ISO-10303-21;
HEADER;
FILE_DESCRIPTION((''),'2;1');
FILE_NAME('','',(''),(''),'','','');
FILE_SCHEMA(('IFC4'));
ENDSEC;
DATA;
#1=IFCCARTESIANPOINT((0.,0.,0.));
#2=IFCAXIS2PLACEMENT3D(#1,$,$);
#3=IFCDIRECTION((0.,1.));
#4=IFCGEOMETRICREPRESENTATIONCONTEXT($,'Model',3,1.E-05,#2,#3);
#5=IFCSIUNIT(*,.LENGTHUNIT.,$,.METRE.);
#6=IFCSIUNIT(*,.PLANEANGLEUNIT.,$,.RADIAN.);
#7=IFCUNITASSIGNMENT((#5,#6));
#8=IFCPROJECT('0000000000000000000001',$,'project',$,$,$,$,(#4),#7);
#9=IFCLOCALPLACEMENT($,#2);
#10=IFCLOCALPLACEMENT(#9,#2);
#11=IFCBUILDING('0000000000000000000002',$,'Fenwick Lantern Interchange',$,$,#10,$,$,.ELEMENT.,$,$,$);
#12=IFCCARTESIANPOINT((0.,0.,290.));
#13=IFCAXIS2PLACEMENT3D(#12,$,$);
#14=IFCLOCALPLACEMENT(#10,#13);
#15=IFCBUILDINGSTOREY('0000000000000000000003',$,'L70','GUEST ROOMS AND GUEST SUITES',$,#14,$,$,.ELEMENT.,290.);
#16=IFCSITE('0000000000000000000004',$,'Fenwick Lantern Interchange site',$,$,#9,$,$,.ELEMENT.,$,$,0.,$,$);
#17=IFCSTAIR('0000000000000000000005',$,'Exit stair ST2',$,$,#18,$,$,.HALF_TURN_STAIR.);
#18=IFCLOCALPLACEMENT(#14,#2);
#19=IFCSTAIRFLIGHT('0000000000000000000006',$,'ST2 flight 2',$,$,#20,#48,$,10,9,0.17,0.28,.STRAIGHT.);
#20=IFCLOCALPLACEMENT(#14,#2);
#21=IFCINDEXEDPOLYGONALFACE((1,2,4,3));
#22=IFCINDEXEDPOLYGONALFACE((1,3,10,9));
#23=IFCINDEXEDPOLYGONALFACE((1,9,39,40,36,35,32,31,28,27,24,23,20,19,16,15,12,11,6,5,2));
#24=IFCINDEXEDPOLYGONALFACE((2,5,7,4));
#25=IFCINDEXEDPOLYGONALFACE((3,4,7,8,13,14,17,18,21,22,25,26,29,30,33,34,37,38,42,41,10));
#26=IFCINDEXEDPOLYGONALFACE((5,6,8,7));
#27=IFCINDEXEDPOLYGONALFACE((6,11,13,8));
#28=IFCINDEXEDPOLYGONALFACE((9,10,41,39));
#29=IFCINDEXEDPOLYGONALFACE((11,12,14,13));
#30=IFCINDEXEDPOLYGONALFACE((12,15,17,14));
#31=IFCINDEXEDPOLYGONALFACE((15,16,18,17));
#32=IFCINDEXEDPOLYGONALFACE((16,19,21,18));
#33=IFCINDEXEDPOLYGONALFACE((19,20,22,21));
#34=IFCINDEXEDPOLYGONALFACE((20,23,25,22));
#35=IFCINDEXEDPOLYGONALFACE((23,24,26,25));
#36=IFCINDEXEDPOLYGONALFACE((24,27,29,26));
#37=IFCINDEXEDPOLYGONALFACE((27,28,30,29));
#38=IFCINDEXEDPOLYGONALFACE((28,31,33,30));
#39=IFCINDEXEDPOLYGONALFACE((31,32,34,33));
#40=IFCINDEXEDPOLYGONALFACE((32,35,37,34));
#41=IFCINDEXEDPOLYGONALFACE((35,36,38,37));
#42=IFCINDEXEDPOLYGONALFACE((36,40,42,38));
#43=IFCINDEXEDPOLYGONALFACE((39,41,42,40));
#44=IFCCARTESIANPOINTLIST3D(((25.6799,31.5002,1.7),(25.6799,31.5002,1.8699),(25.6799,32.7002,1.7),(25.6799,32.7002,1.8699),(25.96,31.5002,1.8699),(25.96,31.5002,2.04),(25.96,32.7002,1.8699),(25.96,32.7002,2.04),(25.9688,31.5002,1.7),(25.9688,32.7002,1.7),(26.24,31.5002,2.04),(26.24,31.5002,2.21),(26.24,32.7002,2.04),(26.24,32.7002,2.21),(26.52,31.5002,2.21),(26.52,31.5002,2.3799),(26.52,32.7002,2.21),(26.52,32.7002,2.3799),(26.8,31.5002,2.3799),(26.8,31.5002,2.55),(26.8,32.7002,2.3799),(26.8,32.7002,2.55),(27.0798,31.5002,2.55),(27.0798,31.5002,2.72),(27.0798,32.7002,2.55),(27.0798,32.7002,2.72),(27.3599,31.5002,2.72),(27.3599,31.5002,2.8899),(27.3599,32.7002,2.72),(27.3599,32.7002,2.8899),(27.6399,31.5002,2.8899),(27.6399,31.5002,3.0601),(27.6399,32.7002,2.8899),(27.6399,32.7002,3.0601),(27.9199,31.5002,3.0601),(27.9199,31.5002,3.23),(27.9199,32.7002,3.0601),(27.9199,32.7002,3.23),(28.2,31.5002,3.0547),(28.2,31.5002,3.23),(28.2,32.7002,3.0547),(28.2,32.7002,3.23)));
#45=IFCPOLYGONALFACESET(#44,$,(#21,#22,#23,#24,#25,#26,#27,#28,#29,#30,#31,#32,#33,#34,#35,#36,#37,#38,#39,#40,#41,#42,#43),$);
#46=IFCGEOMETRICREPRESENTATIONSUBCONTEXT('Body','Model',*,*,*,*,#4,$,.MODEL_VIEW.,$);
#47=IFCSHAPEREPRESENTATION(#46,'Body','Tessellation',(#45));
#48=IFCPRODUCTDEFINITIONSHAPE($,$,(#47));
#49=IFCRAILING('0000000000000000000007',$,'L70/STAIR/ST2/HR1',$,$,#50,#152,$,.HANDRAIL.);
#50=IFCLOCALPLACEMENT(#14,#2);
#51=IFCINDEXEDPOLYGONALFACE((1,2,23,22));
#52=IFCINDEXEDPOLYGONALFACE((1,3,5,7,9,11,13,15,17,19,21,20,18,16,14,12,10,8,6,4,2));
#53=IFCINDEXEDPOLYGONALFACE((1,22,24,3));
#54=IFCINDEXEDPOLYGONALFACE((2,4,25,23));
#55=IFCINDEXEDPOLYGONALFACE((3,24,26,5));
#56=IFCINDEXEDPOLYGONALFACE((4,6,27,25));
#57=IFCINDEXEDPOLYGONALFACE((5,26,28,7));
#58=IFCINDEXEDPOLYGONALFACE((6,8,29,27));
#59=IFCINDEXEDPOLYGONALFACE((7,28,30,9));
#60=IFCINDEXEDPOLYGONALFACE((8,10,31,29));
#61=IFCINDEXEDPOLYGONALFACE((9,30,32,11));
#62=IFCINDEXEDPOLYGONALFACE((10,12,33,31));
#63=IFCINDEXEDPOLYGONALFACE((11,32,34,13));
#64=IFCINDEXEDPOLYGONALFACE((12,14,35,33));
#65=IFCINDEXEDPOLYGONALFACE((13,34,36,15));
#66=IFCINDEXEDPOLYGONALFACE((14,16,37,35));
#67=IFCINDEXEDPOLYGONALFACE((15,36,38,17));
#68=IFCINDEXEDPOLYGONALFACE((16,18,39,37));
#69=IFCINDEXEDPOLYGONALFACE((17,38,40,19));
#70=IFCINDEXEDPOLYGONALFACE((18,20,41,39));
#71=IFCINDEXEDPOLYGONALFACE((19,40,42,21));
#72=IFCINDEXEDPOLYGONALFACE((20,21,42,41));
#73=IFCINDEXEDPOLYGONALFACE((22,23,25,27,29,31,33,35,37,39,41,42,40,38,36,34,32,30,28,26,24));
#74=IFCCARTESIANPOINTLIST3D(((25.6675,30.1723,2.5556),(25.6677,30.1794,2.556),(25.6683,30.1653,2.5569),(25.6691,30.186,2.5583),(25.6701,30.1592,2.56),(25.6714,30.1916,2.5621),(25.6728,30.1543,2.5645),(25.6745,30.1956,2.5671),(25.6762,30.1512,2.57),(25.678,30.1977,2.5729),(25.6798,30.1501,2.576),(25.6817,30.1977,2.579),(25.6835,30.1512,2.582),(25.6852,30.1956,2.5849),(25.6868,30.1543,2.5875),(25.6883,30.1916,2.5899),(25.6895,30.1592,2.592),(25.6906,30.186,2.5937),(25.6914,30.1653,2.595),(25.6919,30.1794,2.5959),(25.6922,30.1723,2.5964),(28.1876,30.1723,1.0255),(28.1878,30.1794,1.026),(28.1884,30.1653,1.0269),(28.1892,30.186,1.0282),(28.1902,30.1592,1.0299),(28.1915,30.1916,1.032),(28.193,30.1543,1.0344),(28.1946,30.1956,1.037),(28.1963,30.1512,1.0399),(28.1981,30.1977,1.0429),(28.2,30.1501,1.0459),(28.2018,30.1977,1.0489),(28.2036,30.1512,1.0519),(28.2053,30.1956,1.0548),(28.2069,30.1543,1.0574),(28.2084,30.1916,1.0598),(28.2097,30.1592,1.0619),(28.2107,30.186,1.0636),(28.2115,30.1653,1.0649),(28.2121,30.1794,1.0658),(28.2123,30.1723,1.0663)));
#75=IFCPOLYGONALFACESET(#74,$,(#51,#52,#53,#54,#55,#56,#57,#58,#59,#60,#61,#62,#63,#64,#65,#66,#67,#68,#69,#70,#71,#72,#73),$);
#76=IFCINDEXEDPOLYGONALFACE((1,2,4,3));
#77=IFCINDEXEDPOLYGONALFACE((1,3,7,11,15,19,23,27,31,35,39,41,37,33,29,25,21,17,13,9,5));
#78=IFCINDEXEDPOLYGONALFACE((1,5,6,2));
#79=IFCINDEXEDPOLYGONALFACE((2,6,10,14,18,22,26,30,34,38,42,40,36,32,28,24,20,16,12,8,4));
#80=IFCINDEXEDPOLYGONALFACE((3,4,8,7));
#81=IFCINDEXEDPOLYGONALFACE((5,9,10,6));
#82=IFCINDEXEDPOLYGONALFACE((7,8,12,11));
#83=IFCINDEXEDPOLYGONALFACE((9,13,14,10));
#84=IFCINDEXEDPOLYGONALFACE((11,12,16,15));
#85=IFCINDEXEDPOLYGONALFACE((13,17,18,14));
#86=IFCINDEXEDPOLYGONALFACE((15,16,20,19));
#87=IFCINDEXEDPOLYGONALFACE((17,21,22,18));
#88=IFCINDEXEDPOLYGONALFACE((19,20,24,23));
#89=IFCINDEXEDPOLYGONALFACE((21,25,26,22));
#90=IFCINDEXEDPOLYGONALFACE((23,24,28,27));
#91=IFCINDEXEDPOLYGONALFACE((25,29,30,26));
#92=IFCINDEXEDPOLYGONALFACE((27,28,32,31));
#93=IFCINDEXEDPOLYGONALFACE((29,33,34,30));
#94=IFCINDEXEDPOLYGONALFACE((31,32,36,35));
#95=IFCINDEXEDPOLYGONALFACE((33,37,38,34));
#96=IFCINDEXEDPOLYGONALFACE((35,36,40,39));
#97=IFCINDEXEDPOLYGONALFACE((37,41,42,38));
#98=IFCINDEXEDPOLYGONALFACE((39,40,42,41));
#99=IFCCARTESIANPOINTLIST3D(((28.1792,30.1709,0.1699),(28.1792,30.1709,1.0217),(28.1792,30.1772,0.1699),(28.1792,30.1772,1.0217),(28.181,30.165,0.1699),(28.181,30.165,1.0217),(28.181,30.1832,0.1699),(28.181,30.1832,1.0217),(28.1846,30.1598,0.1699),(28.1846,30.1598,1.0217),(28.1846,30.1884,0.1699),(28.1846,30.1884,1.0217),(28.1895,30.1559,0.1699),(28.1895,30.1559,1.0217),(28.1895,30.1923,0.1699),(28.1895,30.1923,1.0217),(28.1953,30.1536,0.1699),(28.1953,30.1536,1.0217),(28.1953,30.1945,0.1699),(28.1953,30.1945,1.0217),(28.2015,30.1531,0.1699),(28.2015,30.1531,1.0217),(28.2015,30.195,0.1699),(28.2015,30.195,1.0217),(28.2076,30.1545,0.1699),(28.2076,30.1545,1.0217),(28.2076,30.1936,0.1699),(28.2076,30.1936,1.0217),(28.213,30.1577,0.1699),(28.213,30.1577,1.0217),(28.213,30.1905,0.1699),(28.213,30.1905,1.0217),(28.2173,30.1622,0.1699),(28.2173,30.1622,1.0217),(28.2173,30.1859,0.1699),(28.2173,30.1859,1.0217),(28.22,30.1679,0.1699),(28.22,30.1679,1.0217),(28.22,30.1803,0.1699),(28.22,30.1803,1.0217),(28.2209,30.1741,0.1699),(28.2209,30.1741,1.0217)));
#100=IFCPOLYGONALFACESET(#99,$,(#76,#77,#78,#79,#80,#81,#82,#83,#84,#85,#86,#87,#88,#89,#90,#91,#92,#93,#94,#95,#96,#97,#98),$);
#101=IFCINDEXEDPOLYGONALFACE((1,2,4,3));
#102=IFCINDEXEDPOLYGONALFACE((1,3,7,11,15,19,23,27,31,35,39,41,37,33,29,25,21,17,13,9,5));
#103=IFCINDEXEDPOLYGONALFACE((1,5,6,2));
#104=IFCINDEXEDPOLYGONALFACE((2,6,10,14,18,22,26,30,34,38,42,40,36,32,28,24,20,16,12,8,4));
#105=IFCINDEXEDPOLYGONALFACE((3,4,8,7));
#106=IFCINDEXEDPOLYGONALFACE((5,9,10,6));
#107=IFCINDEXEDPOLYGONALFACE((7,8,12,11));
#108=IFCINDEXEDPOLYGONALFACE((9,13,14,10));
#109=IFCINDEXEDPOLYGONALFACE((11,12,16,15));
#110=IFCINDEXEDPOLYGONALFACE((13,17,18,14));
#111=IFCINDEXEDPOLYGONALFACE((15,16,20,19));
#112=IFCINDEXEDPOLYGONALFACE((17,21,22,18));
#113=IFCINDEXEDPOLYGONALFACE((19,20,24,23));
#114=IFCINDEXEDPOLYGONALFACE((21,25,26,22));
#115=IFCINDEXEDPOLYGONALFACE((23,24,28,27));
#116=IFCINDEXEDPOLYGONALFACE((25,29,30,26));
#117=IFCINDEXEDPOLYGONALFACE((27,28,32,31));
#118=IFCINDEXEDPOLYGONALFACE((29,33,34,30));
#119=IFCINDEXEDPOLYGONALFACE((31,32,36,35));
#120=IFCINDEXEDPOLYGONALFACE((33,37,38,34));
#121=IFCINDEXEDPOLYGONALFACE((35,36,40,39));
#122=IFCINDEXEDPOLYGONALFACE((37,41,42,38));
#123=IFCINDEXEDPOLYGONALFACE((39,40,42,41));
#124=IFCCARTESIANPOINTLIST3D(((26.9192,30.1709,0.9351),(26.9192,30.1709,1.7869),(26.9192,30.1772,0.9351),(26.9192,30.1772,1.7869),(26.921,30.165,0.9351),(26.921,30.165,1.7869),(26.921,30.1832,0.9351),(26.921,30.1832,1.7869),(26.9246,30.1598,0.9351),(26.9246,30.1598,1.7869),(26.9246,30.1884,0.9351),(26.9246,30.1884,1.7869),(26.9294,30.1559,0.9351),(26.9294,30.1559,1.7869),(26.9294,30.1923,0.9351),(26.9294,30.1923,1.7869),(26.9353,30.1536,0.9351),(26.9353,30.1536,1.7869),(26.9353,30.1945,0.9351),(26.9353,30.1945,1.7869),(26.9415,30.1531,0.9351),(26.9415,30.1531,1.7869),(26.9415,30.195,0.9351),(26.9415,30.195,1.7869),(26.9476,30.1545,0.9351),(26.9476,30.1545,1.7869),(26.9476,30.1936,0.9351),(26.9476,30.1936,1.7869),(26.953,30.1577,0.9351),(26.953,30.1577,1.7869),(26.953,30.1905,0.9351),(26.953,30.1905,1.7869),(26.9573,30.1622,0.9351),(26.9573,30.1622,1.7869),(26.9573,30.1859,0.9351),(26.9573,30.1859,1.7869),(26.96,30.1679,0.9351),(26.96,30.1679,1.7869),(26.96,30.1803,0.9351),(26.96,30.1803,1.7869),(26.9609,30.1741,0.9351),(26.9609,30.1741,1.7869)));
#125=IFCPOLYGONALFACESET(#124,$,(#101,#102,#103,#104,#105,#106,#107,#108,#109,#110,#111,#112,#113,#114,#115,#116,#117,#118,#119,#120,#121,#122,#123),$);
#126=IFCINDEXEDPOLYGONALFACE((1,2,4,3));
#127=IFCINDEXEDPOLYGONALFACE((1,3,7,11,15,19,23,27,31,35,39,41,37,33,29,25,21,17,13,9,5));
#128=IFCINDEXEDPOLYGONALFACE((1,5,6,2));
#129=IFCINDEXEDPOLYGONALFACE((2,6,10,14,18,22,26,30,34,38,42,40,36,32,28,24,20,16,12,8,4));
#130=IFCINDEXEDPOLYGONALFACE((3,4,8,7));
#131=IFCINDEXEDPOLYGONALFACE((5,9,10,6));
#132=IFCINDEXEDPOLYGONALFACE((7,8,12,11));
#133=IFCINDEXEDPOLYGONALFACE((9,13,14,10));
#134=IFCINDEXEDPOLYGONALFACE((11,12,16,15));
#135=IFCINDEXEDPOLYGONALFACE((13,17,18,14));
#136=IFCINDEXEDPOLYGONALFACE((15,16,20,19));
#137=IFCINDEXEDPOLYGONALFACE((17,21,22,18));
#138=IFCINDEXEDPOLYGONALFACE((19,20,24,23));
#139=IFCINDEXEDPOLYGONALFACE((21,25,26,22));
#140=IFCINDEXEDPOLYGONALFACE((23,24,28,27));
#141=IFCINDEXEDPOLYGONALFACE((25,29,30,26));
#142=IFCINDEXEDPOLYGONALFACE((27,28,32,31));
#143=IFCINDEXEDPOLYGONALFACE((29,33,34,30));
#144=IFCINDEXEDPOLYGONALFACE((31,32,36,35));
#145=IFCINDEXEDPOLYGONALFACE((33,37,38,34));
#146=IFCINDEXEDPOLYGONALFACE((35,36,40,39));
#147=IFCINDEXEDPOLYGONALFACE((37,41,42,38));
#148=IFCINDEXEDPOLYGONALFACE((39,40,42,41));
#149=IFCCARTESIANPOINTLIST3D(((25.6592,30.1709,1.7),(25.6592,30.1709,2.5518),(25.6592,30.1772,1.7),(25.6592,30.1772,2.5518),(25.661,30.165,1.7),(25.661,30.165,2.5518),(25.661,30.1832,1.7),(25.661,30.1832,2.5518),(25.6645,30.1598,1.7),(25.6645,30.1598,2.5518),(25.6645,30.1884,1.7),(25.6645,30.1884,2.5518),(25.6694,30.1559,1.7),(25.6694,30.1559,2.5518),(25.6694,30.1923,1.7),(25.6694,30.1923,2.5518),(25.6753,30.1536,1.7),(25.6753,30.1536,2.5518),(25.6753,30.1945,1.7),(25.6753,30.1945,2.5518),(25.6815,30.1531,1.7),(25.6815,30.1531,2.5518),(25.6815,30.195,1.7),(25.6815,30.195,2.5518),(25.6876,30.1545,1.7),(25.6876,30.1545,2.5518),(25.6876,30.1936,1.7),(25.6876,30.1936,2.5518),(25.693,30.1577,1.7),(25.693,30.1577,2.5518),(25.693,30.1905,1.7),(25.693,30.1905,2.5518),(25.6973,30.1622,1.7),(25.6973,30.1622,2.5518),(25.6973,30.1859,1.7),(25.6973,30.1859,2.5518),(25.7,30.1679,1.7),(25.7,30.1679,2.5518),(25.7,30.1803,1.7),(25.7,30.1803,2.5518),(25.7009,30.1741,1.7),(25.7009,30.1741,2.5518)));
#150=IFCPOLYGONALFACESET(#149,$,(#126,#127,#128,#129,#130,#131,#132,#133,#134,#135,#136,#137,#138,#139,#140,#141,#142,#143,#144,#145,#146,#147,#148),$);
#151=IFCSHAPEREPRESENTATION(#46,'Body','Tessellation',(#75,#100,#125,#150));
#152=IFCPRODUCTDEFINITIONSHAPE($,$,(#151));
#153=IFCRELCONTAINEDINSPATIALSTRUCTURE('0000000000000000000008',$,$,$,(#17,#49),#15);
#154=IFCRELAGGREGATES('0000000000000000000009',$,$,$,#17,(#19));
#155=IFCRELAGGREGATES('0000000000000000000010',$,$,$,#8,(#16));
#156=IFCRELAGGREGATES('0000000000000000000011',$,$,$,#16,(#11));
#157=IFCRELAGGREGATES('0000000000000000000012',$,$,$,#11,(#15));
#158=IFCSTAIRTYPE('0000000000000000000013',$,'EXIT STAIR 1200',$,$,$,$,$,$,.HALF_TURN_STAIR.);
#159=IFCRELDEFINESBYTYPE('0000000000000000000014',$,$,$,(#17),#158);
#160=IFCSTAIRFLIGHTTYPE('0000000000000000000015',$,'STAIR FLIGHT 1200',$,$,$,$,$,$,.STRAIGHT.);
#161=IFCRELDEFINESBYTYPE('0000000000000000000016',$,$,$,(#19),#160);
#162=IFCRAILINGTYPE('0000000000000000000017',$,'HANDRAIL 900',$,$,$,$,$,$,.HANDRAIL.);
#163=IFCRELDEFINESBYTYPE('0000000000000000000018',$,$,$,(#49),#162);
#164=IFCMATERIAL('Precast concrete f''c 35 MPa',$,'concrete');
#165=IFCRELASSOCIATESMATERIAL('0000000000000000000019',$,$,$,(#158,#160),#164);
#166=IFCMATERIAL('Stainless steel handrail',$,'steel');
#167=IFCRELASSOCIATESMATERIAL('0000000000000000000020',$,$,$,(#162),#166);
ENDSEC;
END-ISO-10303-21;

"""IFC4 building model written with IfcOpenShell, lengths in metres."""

from ifc_helpers import new_model, si_unit, direction, frame, origin, origin_2d, place, context, subcontext, project, spatial, polyline, circle, outline, extrude, material, type_object, element, aggregate, save


model = new_model("IFC4")

# Units and contexts
model_context = context("Model", 3, precision=1e-05, world=origin(), true_north=direction((0.0, 1.0)))
body_context = subcontext(model_context, "Body", "Model", "MODEL_VIEW")
ifc_project = project(units=[si_unit("LENGTHUNIT", "METRE"), si_unit("PLANEANGLEUNIT", "RADIAN")], contexts=[model_context])

# Site, building, storey
site_placement = place(None, origin())
site = spatial("IfcSite", under=ifc_project, at=site_placement, Name="Fenwick Lantern Interchange site", CompositionType="ELEMENT", RefElevation=0.0)
building_placement = place(site_placement, origin())
building = spatial("IfcBuilding", under=site, at=building_placement, Name="Fenwick Lantern Interchange", CompositionType="ELEMENT")
storey_placement = place(building_placement, frame((0.0, 0.0, 290.0)))
storey = spatial("IfcBuildingStorey", under=building, at=storey_placement, Name="L70", Description="GUEST ROOMS AND GUEST SUITES", CompositionType="ELEMENT", Elevation=290.0)

# Stair, stair flight
ifc_material_1 = material(Name="Precast concrete f'c 35 MPa", Category="concrete")
stair_type = type_object("IfcStairType", Name="EXIT STAIR 1200", PredefinedType="HALF_TURN_STAIR", material=ifc_material_1)
stair_placement = place(storey_placement, origin())
stair = element("IfcStair", 1, at=stair_placement, inside=storey, type_object=stair_type, Name="Exit stair ST2", PredefinedType="HALF_TURN_STAIR")
stair_flight_type = type_object("IfcStairFlightType", Name="STAIR FLIGHT 1200", PredefinedType="STRAIGHT", material=ifc_material_1)
stair_flight_1_placement = place(storey_placement, frame((25.6799, 32.1001, 1.7), z_axis=(0.0, 0.0, 1.0), x_axis=(1.0, 0.0, 0.0)))
stair_flight_1 = element("IfcStairFlight", 2, at=stair_flight_1_placement, type_object=stair_flight_type, Name="ST2 flight 2", NumberOfRisers=10, NumberOfTreads=9, PredefinedType="STRAIGHT", RiserHeight=0.17, TreadLength=0.28, context=body_context, shape_type="SweptSolid", body=[
    extrude(outline(polyline([(0.0, 0.0), (0.0, 0.1699), (0.28, 0.1699), (0.28, 0.3401), (0.5601, 0.3401), (0.5601, 0.51), (0.8401, 0.51), (0.8401, 0.6799), (1.1201, 0.6799), (1.1201, 0.8501), (1.3999, 0.8501), (1.3999, 1.02), (1.6799, 1.02), (1.6799, 1.1899), (1.96, 1.1899), (1.96, 1.3601), (2.24, 1.3601), (2.24, 1.53), (2.52, 1.53), (2.52, 1.7), (2.52, 1.3547), (0.2888, 0.0), (0.0, 0.0)])), frame((0.0, 0.6001, 0.0), z_axis=(0.0, -1.0, 0.0), x_axis=(1.0, 0.0, 0.0)), (0.0, 0.0, 1.0), 1.2),
])
aggregate(stair, [stair_flight_1])

# Railing
ifc_material_2 = material(Name="Stainless steel handrail", Category="steel")
railing_type = type_object("IfcRailingType", Name="HANDRAIL 900", PredefinedType="HANDRAIL", material=ifc_material_2)
railing_1_placement = place(storey_placement, frame((28.2, 30.1741, 0.1699)))
element("IfcRailing", 3, at=railing_1_placement, inside=storey, type_object=railing_type, Name="L70/STAIR/ST2/HR1", PredefinedType="HANDRAIL", context=body_context, shape_type="SweptSolid", body=[
    extrude(circle(Radius=0.0239, at=origin_2d()), frame((0.0, 0.0, 0.876), z_axis=(-0.854785, 0.0, 0.518982), x_axis=(0.0, -1.0, 0.0)), (0.0, 0.0, 1.0), 2.9482),
    extrude(circle(Radius=0.021, at=origin_2d()), origin(), (0.0, 0.0, 1.0), 0.8518),
    extrude(circle(Radius=0.021, at=origin_2d()), frame((-1.26, 0.0, 0.7651)), (0.0, 0.0, 1.0), 0.8518),
    extrude(circle(Radius=0.021, at=origin_2d()), frame((-2.52, 0.0, 1.53)), (0.0, 0.0, 1.0), 0.8518),
])

save(model, "model.ifc")
